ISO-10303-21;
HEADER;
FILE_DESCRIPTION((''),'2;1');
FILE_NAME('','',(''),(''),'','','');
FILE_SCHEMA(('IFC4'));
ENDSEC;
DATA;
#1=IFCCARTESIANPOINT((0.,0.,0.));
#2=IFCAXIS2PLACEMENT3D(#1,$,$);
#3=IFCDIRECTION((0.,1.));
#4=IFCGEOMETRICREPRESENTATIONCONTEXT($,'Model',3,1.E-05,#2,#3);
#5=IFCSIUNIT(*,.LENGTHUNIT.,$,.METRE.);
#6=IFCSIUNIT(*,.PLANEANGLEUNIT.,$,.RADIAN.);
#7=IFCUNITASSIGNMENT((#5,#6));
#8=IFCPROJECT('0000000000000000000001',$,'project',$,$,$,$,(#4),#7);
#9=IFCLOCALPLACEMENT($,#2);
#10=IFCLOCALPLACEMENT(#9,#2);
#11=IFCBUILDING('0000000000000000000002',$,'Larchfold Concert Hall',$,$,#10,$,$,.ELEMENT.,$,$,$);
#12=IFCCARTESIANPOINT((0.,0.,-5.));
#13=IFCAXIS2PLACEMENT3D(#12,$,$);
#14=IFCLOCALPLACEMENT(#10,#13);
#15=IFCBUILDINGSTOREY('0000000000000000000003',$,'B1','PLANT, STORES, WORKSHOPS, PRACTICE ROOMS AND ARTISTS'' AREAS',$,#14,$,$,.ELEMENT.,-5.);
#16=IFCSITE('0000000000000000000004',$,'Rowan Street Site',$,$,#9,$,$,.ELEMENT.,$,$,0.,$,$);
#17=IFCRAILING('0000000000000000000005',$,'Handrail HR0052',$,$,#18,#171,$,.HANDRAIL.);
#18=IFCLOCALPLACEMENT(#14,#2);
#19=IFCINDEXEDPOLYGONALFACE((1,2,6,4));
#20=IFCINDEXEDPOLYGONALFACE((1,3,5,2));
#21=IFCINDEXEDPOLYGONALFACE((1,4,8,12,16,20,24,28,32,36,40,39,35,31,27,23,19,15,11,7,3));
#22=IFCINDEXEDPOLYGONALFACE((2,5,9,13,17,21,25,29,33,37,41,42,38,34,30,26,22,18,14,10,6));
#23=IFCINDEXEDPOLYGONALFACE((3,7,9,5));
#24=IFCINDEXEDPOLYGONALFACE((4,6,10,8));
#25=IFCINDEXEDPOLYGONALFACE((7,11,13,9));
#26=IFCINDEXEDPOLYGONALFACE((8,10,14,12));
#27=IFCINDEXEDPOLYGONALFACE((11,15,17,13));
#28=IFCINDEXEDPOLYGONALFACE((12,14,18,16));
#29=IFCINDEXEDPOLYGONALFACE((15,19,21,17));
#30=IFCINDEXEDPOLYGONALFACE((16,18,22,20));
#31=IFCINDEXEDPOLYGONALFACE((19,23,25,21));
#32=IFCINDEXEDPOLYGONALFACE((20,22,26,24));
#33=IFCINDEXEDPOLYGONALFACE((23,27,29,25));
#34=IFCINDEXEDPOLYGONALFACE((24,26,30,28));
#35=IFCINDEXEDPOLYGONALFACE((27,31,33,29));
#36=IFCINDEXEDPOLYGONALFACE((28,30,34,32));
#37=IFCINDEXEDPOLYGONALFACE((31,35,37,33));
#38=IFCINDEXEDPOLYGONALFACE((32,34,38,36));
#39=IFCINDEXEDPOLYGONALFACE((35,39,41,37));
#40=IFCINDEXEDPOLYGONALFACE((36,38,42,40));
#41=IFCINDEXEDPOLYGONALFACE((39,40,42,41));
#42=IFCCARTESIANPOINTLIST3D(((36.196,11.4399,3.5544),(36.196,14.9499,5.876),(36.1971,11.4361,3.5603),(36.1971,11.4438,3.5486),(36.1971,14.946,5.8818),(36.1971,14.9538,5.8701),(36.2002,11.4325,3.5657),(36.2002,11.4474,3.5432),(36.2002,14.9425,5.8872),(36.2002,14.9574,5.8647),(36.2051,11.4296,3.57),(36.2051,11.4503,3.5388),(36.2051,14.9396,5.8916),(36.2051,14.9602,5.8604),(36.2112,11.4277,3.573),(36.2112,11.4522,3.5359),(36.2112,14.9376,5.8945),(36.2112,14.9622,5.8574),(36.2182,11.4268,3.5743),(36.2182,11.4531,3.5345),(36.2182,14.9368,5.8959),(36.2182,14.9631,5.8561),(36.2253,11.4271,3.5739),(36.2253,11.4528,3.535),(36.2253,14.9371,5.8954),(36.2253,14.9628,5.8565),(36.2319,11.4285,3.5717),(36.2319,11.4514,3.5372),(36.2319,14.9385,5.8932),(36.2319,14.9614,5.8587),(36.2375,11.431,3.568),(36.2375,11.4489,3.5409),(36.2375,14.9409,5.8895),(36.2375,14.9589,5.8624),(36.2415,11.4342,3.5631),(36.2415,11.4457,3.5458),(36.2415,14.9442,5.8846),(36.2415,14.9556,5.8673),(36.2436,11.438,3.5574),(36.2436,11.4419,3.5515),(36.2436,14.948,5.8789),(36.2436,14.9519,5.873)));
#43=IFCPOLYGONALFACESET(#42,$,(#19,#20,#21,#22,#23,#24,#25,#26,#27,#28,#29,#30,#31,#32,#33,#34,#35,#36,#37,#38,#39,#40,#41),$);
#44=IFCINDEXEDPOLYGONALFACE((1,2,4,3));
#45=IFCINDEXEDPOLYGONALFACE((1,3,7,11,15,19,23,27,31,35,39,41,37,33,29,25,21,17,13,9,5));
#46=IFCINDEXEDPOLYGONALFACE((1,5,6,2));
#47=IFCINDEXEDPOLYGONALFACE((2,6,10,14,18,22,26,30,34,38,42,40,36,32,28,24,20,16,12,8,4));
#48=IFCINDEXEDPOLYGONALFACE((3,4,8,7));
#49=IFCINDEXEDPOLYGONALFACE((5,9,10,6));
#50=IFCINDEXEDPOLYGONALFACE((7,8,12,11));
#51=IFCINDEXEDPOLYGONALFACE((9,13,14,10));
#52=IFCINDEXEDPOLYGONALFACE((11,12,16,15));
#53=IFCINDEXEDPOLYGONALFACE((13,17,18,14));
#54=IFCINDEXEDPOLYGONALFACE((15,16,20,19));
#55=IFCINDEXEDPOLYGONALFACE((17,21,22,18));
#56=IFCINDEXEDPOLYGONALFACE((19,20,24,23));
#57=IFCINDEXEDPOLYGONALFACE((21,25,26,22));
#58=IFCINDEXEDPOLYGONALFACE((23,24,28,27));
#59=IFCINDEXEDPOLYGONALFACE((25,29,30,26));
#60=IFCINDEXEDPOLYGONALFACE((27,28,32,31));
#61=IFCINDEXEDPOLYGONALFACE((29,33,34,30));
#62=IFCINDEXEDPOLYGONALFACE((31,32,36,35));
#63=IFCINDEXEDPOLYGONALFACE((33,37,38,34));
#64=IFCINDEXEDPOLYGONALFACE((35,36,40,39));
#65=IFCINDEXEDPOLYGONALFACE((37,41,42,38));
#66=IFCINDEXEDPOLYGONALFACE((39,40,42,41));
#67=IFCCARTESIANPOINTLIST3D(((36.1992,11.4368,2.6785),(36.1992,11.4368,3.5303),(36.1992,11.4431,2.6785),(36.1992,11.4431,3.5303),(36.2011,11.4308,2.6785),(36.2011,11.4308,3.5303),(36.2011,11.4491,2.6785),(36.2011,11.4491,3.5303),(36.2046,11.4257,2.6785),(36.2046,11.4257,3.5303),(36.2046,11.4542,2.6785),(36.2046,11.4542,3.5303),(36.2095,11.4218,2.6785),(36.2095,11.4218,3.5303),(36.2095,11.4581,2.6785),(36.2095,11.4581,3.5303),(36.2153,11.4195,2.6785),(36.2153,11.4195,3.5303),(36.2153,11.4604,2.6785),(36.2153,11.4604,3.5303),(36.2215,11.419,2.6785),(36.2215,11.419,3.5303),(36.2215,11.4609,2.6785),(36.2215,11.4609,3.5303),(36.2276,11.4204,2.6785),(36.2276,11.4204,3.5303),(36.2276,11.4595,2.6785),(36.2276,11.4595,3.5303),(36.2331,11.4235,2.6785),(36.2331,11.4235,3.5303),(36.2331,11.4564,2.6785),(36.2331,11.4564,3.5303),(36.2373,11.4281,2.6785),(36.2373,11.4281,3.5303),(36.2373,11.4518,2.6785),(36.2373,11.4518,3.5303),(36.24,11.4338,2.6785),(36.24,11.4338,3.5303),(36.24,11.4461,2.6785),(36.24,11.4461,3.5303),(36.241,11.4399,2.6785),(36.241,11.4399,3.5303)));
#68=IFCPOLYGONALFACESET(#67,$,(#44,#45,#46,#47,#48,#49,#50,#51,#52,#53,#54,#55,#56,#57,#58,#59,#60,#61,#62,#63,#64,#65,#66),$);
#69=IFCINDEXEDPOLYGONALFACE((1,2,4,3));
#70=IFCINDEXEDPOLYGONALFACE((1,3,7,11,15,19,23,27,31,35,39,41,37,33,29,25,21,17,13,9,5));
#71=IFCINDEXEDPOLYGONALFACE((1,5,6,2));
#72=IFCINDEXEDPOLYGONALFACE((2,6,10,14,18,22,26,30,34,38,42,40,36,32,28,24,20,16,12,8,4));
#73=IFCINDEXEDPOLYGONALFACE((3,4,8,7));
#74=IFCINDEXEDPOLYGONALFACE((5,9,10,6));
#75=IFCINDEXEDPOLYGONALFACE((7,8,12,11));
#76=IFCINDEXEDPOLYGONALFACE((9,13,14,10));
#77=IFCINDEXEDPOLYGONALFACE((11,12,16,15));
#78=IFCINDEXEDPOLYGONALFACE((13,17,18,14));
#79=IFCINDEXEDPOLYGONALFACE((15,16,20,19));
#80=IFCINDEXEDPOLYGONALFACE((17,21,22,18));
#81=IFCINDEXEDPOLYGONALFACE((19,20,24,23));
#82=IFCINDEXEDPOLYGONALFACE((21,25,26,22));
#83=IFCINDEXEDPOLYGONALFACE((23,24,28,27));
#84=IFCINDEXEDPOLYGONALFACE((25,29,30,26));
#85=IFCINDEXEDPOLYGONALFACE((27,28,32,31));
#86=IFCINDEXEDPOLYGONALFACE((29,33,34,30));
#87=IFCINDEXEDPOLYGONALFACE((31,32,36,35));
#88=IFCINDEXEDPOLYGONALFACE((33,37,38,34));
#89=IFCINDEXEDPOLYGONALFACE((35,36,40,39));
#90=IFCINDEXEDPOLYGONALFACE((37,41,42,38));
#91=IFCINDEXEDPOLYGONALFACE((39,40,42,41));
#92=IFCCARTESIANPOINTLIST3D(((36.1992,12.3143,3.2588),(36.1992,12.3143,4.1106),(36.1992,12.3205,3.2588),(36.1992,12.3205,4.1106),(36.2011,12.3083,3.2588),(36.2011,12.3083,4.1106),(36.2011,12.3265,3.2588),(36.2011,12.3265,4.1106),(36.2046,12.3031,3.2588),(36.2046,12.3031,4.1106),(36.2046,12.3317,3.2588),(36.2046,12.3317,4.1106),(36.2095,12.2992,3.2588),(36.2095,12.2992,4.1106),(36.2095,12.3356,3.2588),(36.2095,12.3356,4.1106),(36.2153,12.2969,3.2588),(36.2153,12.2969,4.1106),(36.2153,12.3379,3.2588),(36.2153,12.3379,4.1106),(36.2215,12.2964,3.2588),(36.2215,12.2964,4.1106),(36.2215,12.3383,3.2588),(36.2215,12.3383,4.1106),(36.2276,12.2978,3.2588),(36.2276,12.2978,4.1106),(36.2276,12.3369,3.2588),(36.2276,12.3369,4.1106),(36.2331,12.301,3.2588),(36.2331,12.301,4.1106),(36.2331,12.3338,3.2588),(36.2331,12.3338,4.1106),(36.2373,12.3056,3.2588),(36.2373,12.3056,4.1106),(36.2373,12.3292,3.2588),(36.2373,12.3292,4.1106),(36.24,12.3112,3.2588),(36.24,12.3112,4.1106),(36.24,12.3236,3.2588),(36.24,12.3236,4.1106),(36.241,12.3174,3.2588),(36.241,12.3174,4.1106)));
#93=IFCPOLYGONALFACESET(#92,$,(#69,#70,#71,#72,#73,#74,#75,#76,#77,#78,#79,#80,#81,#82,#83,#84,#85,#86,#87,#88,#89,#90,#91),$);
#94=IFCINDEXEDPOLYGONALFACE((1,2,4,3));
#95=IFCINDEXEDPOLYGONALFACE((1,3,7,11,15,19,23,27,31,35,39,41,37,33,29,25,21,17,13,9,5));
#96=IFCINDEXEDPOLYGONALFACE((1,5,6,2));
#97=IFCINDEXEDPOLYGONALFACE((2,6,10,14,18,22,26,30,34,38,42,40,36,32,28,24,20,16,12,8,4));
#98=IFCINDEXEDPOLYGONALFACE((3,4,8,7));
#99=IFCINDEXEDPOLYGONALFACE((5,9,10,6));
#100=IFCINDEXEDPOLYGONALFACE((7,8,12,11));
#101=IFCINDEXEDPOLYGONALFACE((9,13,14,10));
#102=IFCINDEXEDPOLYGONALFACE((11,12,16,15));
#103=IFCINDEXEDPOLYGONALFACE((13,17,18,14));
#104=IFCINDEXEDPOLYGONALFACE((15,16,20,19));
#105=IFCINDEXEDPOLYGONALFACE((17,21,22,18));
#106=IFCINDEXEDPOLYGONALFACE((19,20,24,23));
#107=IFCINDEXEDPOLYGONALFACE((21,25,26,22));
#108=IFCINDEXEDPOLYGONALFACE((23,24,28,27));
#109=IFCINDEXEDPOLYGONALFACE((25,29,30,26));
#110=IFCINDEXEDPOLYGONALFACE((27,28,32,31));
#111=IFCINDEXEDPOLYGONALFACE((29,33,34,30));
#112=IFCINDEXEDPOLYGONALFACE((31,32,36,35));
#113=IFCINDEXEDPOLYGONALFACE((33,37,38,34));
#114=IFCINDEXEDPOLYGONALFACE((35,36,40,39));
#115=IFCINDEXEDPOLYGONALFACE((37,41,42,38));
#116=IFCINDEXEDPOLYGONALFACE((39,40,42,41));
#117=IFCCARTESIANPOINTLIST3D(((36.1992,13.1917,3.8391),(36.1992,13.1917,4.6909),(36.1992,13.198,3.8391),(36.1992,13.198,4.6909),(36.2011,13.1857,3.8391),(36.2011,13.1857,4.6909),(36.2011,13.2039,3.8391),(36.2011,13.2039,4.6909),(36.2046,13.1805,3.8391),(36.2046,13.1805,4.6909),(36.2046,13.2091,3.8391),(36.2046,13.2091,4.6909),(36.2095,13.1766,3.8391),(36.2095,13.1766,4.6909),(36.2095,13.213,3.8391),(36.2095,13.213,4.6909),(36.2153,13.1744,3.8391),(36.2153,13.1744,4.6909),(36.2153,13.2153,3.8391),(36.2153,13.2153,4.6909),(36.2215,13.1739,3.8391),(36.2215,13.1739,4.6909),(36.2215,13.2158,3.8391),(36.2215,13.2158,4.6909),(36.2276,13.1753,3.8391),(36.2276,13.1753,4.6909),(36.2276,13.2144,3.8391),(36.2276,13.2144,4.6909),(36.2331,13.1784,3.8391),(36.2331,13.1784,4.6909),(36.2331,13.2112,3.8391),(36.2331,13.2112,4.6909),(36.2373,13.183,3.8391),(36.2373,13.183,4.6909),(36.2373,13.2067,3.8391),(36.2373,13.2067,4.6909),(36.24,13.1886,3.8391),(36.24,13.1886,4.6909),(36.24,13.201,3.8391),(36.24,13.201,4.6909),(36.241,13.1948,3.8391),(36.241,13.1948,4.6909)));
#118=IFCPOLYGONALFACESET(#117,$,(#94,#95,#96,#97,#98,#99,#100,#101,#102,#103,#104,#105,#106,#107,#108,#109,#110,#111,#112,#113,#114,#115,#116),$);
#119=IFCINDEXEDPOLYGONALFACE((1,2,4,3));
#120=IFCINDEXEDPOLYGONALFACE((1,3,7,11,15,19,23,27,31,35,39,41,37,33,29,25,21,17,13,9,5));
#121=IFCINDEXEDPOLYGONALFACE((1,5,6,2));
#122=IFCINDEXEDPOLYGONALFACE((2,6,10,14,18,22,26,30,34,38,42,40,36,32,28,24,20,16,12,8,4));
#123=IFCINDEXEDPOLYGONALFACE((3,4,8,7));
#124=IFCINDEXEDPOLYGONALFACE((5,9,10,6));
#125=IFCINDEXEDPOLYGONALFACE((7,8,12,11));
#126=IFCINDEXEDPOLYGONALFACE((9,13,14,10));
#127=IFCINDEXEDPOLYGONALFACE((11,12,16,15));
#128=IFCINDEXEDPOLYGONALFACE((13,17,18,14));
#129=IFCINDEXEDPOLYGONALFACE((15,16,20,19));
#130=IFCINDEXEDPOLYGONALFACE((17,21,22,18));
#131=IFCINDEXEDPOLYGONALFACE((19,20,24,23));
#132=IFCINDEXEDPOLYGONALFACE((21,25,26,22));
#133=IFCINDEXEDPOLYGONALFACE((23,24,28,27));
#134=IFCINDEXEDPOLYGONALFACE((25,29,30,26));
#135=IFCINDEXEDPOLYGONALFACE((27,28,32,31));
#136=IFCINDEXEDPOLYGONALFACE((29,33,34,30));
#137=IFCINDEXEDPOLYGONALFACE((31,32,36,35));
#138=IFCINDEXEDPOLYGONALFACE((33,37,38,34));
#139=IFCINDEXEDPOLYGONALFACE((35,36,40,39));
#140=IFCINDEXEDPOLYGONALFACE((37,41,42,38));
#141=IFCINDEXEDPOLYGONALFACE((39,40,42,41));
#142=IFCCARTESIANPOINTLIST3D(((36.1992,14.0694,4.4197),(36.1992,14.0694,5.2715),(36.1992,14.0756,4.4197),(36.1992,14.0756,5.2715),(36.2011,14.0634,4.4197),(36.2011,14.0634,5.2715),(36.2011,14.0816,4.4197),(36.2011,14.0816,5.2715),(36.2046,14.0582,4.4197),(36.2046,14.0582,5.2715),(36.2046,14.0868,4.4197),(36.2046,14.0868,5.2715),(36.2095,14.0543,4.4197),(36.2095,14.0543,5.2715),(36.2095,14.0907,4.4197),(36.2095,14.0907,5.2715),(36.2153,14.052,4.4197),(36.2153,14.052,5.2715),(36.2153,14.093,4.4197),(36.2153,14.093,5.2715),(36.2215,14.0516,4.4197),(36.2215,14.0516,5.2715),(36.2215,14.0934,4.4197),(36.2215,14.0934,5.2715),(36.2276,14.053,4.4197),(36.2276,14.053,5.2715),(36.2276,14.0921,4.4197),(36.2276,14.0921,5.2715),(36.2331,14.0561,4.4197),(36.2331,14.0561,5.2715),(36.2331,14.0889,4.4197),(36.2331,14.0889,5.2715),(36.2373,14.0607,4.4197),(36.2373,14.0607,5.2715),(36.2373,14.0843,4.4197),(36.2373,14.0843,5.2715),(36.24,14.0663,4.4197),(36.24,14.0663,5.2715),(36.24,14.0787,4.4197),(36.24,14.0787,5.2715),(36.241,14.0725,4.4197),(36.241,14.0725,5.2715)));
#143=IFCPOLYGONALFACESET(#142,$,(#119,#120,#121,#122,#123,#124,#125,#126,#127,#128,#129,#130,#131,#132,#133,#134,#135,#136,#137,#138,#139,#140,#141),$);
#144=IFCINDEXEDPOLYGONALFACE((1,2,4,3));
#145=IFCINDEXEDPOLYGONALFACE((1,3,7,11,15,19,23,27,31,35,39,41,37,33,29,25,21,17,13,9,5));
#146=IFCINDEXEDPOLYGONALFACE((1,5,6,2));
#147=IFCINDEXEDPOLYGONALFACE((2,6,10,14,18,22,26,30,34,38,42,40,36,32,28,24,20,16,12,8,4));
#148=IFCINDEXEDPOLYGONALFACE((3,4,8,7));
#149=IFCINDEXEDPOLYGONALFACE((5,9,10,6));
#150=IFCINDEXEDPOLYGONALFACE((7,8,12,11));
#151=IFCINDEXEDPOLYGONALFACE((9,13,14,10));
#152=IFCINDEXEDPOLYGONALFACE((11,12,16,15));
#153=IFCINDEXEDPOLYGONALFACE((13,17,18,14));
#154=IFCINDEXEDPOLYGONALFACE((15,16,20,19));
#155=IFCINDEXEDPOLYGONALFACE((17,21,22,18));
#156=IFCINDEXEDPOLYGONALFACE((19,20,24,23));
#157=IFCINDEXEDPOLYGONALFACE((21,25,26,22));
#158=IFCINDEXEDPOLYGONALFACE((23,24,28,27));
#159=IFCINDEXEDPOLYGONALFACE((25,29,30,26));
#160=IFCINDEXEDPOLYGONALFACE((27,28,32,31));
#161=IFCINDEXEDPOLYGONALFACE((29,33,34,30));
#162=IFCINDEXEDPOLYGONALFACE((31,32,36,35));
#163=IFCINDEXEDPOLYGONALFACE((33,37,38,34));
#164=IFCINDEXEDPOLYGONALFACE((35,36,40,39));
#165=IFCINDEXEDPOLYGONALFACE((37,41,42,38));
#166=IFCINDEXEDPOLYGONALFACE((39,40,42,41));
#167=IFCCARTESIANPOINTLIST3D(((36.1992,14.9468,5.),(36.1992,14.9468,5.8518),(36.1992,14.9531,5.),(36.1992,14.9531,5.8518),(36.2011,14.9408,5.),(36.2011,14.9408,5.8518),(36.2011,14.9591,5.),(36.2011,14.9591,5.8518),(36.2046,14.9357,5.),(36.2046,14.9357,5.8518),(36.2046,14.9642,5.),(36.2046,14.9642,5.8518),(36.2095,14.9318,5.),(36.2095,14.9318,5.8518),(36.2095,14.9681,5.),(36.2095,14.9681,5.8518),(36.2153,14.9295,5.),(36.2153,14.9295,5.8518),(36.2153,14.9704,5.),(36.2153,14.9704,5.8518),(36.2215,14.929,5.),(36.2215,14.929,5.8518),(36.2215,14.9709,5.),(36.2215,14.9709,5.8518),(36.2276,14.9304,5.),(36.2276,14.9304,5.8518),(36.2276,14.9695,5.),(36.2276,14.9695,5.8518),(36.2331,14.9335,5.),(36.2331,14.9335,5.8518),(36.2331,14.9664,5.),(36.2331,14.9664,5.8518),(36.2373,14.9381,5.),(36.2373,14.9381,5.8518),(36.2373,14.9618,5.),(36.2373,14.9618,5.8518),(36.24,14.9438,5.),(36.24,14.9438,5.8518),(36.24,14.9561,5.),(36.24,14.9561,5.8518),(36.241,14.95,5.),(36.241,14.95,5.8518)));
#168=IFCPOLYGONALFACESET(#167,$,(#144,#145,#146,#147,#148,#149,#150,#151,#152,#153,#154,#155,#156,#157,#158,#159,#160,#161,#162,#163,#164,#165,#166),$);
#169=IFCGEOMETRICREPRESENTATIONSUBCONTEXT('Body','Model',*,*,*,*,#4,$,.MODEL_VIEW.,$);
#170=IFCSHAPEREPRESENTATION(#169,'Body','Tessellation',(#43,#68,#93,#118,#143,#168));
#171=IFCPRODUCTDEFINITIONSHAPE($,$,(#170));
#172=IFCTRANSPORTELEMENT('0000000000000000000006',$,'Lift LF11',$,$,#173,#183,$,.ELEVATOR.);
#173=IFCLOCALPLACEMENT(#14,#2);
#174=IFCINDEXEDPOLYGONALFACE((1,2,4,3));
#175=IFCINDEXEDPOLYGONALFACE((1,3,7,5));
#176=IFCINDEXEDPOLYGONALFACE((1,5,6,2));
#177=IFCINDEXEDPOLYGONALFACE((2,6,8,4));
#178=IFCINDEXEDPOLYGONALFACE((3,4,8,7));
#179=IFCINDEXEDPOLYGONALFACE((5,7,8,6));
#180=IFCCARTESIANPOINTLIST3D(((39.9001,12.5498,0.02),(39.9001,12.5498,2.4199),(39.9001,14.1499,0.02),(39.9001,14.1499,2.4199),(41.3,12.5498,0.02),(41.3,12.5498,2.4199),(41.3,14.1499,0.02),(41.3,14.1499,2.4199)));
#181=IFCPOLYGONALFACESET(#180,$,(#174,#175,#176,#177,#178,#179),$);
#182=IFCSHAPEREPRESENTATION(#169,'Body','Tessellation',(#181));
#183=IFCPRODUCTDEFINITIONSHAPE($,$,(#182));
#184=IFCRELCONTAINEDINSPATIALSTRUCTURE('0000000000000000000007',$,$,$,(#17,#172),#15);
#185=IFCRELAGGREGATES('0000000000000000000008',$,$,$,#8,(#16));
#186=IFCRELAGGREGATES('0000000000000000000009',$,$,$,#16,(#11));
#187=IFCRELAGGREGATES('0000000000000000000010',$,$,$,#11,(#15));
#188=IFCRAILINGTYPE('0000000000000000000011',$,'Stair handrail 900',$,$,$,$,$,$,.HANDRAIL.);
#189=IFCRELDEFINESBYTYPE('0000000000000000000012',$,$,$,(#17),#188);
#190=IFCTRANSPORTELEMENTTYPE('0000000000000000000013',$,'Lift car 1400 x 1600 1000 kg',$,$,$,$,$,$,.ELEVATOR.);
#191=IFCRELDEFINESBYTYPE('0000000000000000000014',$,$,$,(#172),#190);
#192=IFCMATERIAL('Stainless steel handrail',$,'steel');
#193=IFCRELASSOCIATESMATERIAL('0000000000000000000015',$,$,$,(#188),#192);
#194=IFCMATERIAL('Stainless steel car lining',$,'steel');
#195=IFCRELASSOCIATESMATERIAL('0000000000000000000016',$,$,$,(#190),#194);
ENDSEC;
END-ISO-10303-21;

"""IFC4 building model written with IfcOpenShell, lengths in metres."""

from ifc_helpers import new_model, si_unit, direction, frame, origin, origin_2d, place, context, subcontext, project, spatial, rectangle, circle, extrude, material, type_object, element, save


model = new_model("IFC4")

# Units and contexts
model_context = context("Model", 3, precision=1e-05, world=origin(), true_north=direction((0.0, 1.0)))
body_context = subcontext(model_context, "Body", "Model", "MODEL_VIEW")
ifc_project = project(units=[si_unit("LENGTHUNIT", "METRE"), si_unit("PLANEANGLEUNIT", "RADIAN")], contexts=[model_context])

# Site, building, storey
site_placement = place(None, origin())
site = spatial("IfcSite", under=ifc_project, at=site_placement, Name="Rowan Street Site", CompositionType="ELEMENT", RefElevation=0.0)
building_placement = place(site_placement, origin())
building = spatial("IfcBuilding", under=site, at=building_placement, Name="Larchfold Concert Hall", CompositionType="ELEMENT")
storey_placement = place(building_placement, frame((0.0, 0.0, -5.0)))
storey = spatial("IfcBuildingStorey", under=building, at=storey_placement, Name="B1", Description="PLANT, STORES, WORKSHOPS, PRACTICE ROOMS AND ARTISTS' AREAS", CompositionType="ELEMENT", Elevation=-5.0)

# Railing
ifc_material_1 = material(Name="Stainless steel handrail", Category="steel")
railing_type_1 = type_object("IfcRailingType", Name="Stair handrail 900", PredefinedType="HANDRAIL", material=ifc_material_1)
railing_1_placement = place(storey_placement, frame((36.22, 11.4399, 2.6785)))
element("IfcRailing", 1, at=railing_1_placement, inside=storey, type_object=railing_type_1, Name="Handrail HR0052", PredefinedType="HANDRAIL", context=body_context, shape_type="SweptSolid", body=[
    extrude(circle(Radius=0.0239, at=origin_2d()), frame((0.0, 0.0, 0.876), z_axis=(0.0, 0.834071, 0.551657), x_axis=(-1.0, 0.0, 0.0)), (0.0, 0.0, 1.0), 4.2083),
    extrude(circle(Radius=0.021, at=origin_2d()), origin(), (0.0, 0.0, 1.0), 0.8518),
    extrude(circle(Radius=0.021, at=origin_2d()), frame((0.0, 0.8774, 0.5803)), (0.0, 0.0, 1.0), 0.8518),
    extrude(circle(Radius=0.021, at=origin_2d()), frame((0.0, 1.7549, 1.1606)), (0.0, 0.0, 1.0), 0.8518),
    extrude(circle(Radius=0.021, at=origin_2d()), frame((0.0, 2.6326, 1.7412)), (0.0, 0.0, 1.0), 0.8518),
    extrude(circle(Radius=0.021, at=origin_2d()), frame((0.0, 3.51, 2.3215)), (0.0, 0.0, 1.0), 0.8518),
])

# Transport element
ifc_material_2 = material(Name="Stainless steel car lining", Category="steel")
transport_element_type = type_object("IfcTransportElementType", Name="Lift car 1400 x 1600 1000 kg", PredefinedType="ELEVATOR", material=ifc_material_2)
transport_element_placement = place(storey_placement, frame((40.6001, 13.3499, 0.02), z_axis=(0.0, 0.0, 1.0), x_axis=(1.0, 0.0, 0.0)))
element("IfcTransportElement", 2, at=transport_element_placement, inside=storey, type_object=transport_element_type, Name="Lift LF11", PredefinedType="ELEVATOR", context=body_context, shape_type="SweptSolid", body=[
    extrude(rectangle(XDim=1.3999, YDim=1.6001, at=origin_2d()), origin(), (0.0, 0.0, 1.0), 2.3999),
])

save(model, "model.ifc")
